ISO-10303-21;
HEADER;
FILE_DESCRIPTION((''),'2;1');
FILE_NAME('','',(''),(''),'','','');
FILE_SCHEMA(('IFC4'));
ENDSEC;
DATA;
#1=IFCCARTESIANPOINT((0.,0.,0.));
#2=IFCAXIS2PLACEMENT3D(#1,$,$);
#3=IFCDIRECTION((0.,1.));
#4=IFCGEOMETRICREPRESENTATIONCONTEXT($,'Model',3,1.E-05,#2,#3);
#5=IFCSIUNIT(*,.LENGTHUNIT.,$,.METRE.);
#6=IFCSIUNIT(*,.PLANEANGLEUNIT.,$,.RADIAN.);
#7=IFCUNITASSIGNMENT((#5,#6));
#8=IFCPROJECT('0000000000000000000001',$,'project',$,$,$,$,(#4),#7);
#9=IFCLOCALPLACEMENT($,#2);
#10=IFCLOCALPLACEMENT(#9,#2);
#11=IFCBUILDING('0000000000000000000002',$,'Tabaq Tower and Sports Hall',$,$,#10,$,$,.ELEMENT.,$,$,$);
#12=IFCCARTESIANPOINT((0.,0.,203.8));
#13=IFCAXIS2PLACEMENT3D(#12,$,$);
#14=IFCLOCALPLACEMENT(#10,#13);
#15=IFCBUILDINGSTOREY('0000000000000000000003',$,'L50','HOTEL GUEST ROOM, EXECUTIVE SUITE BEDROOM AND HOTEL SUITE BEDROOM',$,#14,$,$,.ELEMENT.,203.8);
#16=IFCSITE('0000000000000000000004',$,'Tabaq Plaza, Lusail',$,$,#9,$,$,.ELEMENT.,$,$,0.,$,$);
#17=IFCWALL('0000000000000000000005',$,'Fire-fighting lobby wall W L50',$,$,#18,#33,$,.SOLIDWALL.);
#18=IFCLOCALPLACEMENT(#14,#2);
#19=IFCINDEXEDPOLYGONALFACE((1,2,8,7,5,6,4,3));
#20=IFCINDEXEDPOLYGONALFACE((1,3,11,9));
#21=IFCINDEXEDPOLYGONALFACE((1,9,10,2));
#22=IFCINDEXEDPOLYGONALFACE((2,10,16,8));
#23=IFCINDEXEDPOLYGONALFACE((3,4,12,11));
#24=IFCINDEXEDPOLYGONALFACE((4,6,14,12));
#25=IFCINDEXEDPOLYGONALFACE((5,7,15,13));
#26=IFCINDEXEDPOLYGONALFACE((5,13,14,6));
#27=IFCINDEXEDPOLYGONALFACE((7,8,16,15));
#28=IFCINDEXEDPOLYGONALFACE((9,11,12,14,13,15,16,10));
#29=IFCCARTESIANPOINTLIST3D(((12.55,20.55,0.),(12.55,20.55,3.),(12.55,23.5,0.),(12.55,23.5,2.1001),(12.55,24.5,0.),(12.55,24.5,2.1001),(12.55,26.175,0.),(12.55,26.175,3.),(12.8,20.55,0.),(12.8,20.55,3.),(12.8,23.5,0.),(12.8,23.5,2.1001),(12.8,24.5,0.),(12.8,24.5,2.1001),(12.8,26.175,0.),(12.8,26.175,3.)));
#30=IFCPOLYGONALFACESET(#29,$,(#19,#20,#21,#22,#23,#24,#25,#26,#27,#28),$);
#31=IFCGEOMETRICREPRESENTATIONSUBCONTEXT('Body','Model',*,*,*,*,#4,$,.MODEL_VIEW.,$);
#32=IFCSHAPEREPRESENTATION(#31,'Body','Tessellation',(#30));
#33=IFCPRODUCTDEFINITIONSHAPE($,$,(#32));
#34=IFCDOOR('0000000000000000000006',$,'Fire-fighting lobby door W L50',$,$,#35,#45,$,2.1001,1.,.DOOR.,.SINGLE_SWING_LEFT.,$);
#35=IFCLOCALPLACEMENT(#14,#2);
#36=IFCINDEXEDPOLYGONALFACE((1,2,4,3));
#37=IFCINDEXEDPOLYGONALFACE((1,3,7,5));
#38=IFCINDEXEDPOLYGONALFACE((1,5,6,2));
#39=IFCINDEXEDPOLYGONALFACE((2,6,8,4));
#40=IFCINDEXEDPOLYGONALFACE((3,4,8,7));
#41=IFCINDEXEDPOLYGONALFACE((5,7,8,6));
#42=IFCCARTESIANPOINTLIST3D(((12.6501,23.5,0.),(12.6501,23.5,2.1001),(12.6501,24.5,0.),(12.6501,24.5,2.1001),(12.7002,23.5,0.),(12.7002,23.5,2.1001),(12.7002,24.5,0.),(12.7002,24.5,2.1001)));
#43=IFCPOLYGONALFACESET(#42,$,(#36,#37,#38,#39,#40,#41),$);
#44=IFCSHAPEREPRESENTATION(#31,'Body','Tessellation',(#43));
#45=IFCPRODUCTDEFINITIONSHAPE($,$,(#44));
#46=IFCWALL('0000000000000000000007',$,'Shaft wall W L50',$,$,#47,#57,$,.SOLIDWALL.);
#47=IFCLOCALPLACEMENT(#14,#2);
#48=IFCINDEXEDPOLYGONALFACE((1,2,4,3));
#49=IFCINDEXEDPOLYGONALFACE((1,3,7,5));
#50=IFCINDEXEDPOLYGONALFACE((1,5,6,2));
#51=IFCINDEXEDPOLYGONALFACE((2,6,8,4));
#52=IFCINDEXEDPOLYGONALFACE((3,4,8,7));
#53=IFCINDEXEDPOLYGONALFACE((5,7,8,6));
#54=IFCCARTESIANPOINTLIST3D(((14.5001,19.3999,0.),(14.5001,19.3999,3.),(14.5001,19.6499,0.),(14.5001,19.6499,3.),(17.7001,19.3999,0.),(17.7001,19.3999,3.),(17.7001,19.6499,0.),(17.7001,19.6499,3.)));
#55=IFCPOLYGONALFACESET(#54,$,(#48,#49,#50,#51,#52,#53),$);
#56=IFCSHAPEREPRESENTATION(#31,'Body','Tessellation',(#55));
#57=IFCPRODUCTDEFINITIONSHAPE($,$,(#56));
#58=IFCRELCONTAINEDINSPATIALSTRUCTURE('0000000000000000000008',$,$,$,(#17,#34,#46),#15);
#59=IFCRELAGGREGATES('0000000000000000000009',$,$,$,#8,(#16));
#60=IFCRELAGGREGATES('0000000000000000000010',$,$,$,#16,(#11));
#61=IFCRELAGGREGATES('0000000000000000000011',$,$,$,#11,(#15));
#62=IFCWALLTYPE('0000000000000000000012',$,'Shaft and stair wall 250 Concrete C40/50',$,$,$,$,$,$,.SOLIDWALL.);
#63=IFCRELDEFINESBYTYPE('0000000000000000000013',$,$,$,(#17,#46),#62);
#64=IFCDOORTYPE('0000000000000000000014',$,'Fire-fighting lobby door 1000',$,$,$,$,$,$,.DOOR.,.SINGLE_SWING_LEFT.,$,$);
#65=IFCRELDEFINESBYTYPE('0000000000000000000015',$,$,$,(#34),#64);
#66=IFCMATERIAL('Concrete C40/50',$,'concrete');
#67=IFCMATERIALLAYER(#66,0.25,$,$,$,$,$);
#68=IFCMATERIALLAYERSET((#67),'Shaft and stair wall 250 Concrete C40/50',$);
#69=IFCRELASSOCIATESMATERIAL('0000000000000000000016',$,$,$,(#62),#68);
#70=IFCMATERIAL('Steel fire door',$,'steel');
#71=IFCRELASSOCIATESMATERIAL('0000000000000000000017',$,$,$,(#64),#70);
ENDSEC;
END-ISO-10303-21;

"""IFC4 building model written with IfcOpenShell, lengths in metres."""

from ifc_helpers import new_model, si_unit, direction, frame, frame_2d, origin, place, context, subcontext, project, spatial, rectangle, extrude, material, layer, layer_set, type_object, element, fill, save


model = new_model("IFC4")

# Units and contexts
model_context = context("Model", 3, precision=1e-05, world=origin(), true_north=direction((0.0, 1.0)))
body_context = subcontext(model_context, "Body", "Model", "MODEL_VIEW")
ifc_project = project(units=[si_unit("LENGTHUNIT", "METRE"), si_unit("PLANEANGLEUNIT", "RADIAN")], contexts=[model_context])

# Site, building, storey
site_placement = place(None, origin())
site = spatial("IfcSite", under=ifc_project, at=site_placement, Name="Tabaq Plaza, Lusail", CompositionType="ELEMENT", RefElevation=0.0)
building_placement = place(site_placement, origin())
building = spatial("IfcBuilding", under=site, at=building_placement, Name="Tabaq Tower and Sports Hall", CompositionType="ELEMENT")
storey_placement = place(building_placement, frame((0.0, 0.0, 203.8)))
storey = spatial("IfcBuildingStorey", under=building, at=storey_placement, Name="L50", Description="HOTEL GUEST ROOM, EXECUTIVE SUITE BEDROOM AND HOTEL SUITE BEDROOM", CompositionType="ELEMENT", Elevation=203.8)

# Shared definitions
ifc_material_1 = material(Name="Concrete C40/50", Category="concrete")
ifc_layer_1 = layer(ifc_material_1, 0.25)
ifc_layer_set_1 = layer_set([ifc_layer_1], Name="Shaft and stair wall 250 Concrete C40/50")
wall_type_1 = type_object("IfcWallType", Name="Shaft and stair wall 250 Concrete C40/50", PredefinedType="SOLIDWALL", material=ifc_layer_set_1)

# Wall, opening, door
wall_1_placement = place(storey_placement, frame((12.675, 20.55, 0.0), z_axis=(0.0, 0.0, 1.0), x_axis=(0.0, 1.0, 0.0)))
wall_1 = element("IfcWall", 1, at=wall_1_placement, inside=storey, type_object=wall_type_1, Name="Fire-fighting lobby wall W L50", PredefinedType="SOLIDWALL", context=body_context, shape_type="SweptSolid", body=[
    extrude(rectangle(XDim=5.625, YDim=0.25, at=frame_2d((2.8125, 0.0))), origin(), (0.0, 0.0, 1.0), 3.0),
])
opening_1_placement = place(wall_1_placement, frame((2.95, 0.0, 0.0)))
opening_1 = element("IfcOpeningElement", 2, at=opening_1_placement, cuts=wall_1, PredefinedType="OPENING", context=body_context, shape_type="SweptSolid", body=[
    extrude(rectangle(XDim=1.0, YDim=2.1001, at=frame_2d((0.5, 1.05))), frame((0.0, 0.125, 0.0), z_axis=(0.0, -1.0, 0.0), x_axis=(1.0, 0.0, 0.0)), (0.0, 0.0, 1.0), 0.25),
])
ifc_material_2 = material(Name="Steel fire door", Category="steel")
door_type_1 = type_object("IfcDoorType", Name="Fire-fighting lobby door 1000", OperationType="SINGLE_SWING_LEFT", PredefinedType="DOOR", material=ifc_material_2)
door_1_placement = place(opening_1_placement, origin())
door_1 = element("IfcDoor", 3, at=door_1_placement, inside=storey, type_object=door_type_1, Name="Fire-fighting lobby door W L50", OperationType="SINGLE_SWING_LEFT", OverallHeight=2.1001, OverallWidth=1.0, PredefinedType="DOOR", context=body_context, shape_type="SweptSolid", body=[
    extrude(rectangle(XDim=1.0, YDim=2.1001, at=frame_2d((0.5, 1.05))), frame((0.0, 0.0249, 0.0), z_axis=(0.0, -1.0, 0.0), x_axis=(1.0, 0.0, 0.0)), (0.0, 0.0, 1.0), 0.05),
])
fill(opening_1, door_1)

# Wall
wall_2_placement = place(storey_placement, frame((14.5, 19.5249, 0.0), z_axis=(0.0, 0.0, 1.0), x_axis=(1.0, 0.0, 0.0)))
element("IfcWall", 4, at=wall_2_placement, inside=storey, type_object=wall_type_1, Name="Shaft wall W L50", PredefinedType="SOLIDWALL", context=body_context, shape_type="SweptSolid", body=[
    extrude(rectangle(XDim=3.2, YDim=0.25, at=frame_2d((1.6001, 0.0))), origin(), (0.0, 0.0, 1.0), 3.0),
])

save(model, "model.ifc")
